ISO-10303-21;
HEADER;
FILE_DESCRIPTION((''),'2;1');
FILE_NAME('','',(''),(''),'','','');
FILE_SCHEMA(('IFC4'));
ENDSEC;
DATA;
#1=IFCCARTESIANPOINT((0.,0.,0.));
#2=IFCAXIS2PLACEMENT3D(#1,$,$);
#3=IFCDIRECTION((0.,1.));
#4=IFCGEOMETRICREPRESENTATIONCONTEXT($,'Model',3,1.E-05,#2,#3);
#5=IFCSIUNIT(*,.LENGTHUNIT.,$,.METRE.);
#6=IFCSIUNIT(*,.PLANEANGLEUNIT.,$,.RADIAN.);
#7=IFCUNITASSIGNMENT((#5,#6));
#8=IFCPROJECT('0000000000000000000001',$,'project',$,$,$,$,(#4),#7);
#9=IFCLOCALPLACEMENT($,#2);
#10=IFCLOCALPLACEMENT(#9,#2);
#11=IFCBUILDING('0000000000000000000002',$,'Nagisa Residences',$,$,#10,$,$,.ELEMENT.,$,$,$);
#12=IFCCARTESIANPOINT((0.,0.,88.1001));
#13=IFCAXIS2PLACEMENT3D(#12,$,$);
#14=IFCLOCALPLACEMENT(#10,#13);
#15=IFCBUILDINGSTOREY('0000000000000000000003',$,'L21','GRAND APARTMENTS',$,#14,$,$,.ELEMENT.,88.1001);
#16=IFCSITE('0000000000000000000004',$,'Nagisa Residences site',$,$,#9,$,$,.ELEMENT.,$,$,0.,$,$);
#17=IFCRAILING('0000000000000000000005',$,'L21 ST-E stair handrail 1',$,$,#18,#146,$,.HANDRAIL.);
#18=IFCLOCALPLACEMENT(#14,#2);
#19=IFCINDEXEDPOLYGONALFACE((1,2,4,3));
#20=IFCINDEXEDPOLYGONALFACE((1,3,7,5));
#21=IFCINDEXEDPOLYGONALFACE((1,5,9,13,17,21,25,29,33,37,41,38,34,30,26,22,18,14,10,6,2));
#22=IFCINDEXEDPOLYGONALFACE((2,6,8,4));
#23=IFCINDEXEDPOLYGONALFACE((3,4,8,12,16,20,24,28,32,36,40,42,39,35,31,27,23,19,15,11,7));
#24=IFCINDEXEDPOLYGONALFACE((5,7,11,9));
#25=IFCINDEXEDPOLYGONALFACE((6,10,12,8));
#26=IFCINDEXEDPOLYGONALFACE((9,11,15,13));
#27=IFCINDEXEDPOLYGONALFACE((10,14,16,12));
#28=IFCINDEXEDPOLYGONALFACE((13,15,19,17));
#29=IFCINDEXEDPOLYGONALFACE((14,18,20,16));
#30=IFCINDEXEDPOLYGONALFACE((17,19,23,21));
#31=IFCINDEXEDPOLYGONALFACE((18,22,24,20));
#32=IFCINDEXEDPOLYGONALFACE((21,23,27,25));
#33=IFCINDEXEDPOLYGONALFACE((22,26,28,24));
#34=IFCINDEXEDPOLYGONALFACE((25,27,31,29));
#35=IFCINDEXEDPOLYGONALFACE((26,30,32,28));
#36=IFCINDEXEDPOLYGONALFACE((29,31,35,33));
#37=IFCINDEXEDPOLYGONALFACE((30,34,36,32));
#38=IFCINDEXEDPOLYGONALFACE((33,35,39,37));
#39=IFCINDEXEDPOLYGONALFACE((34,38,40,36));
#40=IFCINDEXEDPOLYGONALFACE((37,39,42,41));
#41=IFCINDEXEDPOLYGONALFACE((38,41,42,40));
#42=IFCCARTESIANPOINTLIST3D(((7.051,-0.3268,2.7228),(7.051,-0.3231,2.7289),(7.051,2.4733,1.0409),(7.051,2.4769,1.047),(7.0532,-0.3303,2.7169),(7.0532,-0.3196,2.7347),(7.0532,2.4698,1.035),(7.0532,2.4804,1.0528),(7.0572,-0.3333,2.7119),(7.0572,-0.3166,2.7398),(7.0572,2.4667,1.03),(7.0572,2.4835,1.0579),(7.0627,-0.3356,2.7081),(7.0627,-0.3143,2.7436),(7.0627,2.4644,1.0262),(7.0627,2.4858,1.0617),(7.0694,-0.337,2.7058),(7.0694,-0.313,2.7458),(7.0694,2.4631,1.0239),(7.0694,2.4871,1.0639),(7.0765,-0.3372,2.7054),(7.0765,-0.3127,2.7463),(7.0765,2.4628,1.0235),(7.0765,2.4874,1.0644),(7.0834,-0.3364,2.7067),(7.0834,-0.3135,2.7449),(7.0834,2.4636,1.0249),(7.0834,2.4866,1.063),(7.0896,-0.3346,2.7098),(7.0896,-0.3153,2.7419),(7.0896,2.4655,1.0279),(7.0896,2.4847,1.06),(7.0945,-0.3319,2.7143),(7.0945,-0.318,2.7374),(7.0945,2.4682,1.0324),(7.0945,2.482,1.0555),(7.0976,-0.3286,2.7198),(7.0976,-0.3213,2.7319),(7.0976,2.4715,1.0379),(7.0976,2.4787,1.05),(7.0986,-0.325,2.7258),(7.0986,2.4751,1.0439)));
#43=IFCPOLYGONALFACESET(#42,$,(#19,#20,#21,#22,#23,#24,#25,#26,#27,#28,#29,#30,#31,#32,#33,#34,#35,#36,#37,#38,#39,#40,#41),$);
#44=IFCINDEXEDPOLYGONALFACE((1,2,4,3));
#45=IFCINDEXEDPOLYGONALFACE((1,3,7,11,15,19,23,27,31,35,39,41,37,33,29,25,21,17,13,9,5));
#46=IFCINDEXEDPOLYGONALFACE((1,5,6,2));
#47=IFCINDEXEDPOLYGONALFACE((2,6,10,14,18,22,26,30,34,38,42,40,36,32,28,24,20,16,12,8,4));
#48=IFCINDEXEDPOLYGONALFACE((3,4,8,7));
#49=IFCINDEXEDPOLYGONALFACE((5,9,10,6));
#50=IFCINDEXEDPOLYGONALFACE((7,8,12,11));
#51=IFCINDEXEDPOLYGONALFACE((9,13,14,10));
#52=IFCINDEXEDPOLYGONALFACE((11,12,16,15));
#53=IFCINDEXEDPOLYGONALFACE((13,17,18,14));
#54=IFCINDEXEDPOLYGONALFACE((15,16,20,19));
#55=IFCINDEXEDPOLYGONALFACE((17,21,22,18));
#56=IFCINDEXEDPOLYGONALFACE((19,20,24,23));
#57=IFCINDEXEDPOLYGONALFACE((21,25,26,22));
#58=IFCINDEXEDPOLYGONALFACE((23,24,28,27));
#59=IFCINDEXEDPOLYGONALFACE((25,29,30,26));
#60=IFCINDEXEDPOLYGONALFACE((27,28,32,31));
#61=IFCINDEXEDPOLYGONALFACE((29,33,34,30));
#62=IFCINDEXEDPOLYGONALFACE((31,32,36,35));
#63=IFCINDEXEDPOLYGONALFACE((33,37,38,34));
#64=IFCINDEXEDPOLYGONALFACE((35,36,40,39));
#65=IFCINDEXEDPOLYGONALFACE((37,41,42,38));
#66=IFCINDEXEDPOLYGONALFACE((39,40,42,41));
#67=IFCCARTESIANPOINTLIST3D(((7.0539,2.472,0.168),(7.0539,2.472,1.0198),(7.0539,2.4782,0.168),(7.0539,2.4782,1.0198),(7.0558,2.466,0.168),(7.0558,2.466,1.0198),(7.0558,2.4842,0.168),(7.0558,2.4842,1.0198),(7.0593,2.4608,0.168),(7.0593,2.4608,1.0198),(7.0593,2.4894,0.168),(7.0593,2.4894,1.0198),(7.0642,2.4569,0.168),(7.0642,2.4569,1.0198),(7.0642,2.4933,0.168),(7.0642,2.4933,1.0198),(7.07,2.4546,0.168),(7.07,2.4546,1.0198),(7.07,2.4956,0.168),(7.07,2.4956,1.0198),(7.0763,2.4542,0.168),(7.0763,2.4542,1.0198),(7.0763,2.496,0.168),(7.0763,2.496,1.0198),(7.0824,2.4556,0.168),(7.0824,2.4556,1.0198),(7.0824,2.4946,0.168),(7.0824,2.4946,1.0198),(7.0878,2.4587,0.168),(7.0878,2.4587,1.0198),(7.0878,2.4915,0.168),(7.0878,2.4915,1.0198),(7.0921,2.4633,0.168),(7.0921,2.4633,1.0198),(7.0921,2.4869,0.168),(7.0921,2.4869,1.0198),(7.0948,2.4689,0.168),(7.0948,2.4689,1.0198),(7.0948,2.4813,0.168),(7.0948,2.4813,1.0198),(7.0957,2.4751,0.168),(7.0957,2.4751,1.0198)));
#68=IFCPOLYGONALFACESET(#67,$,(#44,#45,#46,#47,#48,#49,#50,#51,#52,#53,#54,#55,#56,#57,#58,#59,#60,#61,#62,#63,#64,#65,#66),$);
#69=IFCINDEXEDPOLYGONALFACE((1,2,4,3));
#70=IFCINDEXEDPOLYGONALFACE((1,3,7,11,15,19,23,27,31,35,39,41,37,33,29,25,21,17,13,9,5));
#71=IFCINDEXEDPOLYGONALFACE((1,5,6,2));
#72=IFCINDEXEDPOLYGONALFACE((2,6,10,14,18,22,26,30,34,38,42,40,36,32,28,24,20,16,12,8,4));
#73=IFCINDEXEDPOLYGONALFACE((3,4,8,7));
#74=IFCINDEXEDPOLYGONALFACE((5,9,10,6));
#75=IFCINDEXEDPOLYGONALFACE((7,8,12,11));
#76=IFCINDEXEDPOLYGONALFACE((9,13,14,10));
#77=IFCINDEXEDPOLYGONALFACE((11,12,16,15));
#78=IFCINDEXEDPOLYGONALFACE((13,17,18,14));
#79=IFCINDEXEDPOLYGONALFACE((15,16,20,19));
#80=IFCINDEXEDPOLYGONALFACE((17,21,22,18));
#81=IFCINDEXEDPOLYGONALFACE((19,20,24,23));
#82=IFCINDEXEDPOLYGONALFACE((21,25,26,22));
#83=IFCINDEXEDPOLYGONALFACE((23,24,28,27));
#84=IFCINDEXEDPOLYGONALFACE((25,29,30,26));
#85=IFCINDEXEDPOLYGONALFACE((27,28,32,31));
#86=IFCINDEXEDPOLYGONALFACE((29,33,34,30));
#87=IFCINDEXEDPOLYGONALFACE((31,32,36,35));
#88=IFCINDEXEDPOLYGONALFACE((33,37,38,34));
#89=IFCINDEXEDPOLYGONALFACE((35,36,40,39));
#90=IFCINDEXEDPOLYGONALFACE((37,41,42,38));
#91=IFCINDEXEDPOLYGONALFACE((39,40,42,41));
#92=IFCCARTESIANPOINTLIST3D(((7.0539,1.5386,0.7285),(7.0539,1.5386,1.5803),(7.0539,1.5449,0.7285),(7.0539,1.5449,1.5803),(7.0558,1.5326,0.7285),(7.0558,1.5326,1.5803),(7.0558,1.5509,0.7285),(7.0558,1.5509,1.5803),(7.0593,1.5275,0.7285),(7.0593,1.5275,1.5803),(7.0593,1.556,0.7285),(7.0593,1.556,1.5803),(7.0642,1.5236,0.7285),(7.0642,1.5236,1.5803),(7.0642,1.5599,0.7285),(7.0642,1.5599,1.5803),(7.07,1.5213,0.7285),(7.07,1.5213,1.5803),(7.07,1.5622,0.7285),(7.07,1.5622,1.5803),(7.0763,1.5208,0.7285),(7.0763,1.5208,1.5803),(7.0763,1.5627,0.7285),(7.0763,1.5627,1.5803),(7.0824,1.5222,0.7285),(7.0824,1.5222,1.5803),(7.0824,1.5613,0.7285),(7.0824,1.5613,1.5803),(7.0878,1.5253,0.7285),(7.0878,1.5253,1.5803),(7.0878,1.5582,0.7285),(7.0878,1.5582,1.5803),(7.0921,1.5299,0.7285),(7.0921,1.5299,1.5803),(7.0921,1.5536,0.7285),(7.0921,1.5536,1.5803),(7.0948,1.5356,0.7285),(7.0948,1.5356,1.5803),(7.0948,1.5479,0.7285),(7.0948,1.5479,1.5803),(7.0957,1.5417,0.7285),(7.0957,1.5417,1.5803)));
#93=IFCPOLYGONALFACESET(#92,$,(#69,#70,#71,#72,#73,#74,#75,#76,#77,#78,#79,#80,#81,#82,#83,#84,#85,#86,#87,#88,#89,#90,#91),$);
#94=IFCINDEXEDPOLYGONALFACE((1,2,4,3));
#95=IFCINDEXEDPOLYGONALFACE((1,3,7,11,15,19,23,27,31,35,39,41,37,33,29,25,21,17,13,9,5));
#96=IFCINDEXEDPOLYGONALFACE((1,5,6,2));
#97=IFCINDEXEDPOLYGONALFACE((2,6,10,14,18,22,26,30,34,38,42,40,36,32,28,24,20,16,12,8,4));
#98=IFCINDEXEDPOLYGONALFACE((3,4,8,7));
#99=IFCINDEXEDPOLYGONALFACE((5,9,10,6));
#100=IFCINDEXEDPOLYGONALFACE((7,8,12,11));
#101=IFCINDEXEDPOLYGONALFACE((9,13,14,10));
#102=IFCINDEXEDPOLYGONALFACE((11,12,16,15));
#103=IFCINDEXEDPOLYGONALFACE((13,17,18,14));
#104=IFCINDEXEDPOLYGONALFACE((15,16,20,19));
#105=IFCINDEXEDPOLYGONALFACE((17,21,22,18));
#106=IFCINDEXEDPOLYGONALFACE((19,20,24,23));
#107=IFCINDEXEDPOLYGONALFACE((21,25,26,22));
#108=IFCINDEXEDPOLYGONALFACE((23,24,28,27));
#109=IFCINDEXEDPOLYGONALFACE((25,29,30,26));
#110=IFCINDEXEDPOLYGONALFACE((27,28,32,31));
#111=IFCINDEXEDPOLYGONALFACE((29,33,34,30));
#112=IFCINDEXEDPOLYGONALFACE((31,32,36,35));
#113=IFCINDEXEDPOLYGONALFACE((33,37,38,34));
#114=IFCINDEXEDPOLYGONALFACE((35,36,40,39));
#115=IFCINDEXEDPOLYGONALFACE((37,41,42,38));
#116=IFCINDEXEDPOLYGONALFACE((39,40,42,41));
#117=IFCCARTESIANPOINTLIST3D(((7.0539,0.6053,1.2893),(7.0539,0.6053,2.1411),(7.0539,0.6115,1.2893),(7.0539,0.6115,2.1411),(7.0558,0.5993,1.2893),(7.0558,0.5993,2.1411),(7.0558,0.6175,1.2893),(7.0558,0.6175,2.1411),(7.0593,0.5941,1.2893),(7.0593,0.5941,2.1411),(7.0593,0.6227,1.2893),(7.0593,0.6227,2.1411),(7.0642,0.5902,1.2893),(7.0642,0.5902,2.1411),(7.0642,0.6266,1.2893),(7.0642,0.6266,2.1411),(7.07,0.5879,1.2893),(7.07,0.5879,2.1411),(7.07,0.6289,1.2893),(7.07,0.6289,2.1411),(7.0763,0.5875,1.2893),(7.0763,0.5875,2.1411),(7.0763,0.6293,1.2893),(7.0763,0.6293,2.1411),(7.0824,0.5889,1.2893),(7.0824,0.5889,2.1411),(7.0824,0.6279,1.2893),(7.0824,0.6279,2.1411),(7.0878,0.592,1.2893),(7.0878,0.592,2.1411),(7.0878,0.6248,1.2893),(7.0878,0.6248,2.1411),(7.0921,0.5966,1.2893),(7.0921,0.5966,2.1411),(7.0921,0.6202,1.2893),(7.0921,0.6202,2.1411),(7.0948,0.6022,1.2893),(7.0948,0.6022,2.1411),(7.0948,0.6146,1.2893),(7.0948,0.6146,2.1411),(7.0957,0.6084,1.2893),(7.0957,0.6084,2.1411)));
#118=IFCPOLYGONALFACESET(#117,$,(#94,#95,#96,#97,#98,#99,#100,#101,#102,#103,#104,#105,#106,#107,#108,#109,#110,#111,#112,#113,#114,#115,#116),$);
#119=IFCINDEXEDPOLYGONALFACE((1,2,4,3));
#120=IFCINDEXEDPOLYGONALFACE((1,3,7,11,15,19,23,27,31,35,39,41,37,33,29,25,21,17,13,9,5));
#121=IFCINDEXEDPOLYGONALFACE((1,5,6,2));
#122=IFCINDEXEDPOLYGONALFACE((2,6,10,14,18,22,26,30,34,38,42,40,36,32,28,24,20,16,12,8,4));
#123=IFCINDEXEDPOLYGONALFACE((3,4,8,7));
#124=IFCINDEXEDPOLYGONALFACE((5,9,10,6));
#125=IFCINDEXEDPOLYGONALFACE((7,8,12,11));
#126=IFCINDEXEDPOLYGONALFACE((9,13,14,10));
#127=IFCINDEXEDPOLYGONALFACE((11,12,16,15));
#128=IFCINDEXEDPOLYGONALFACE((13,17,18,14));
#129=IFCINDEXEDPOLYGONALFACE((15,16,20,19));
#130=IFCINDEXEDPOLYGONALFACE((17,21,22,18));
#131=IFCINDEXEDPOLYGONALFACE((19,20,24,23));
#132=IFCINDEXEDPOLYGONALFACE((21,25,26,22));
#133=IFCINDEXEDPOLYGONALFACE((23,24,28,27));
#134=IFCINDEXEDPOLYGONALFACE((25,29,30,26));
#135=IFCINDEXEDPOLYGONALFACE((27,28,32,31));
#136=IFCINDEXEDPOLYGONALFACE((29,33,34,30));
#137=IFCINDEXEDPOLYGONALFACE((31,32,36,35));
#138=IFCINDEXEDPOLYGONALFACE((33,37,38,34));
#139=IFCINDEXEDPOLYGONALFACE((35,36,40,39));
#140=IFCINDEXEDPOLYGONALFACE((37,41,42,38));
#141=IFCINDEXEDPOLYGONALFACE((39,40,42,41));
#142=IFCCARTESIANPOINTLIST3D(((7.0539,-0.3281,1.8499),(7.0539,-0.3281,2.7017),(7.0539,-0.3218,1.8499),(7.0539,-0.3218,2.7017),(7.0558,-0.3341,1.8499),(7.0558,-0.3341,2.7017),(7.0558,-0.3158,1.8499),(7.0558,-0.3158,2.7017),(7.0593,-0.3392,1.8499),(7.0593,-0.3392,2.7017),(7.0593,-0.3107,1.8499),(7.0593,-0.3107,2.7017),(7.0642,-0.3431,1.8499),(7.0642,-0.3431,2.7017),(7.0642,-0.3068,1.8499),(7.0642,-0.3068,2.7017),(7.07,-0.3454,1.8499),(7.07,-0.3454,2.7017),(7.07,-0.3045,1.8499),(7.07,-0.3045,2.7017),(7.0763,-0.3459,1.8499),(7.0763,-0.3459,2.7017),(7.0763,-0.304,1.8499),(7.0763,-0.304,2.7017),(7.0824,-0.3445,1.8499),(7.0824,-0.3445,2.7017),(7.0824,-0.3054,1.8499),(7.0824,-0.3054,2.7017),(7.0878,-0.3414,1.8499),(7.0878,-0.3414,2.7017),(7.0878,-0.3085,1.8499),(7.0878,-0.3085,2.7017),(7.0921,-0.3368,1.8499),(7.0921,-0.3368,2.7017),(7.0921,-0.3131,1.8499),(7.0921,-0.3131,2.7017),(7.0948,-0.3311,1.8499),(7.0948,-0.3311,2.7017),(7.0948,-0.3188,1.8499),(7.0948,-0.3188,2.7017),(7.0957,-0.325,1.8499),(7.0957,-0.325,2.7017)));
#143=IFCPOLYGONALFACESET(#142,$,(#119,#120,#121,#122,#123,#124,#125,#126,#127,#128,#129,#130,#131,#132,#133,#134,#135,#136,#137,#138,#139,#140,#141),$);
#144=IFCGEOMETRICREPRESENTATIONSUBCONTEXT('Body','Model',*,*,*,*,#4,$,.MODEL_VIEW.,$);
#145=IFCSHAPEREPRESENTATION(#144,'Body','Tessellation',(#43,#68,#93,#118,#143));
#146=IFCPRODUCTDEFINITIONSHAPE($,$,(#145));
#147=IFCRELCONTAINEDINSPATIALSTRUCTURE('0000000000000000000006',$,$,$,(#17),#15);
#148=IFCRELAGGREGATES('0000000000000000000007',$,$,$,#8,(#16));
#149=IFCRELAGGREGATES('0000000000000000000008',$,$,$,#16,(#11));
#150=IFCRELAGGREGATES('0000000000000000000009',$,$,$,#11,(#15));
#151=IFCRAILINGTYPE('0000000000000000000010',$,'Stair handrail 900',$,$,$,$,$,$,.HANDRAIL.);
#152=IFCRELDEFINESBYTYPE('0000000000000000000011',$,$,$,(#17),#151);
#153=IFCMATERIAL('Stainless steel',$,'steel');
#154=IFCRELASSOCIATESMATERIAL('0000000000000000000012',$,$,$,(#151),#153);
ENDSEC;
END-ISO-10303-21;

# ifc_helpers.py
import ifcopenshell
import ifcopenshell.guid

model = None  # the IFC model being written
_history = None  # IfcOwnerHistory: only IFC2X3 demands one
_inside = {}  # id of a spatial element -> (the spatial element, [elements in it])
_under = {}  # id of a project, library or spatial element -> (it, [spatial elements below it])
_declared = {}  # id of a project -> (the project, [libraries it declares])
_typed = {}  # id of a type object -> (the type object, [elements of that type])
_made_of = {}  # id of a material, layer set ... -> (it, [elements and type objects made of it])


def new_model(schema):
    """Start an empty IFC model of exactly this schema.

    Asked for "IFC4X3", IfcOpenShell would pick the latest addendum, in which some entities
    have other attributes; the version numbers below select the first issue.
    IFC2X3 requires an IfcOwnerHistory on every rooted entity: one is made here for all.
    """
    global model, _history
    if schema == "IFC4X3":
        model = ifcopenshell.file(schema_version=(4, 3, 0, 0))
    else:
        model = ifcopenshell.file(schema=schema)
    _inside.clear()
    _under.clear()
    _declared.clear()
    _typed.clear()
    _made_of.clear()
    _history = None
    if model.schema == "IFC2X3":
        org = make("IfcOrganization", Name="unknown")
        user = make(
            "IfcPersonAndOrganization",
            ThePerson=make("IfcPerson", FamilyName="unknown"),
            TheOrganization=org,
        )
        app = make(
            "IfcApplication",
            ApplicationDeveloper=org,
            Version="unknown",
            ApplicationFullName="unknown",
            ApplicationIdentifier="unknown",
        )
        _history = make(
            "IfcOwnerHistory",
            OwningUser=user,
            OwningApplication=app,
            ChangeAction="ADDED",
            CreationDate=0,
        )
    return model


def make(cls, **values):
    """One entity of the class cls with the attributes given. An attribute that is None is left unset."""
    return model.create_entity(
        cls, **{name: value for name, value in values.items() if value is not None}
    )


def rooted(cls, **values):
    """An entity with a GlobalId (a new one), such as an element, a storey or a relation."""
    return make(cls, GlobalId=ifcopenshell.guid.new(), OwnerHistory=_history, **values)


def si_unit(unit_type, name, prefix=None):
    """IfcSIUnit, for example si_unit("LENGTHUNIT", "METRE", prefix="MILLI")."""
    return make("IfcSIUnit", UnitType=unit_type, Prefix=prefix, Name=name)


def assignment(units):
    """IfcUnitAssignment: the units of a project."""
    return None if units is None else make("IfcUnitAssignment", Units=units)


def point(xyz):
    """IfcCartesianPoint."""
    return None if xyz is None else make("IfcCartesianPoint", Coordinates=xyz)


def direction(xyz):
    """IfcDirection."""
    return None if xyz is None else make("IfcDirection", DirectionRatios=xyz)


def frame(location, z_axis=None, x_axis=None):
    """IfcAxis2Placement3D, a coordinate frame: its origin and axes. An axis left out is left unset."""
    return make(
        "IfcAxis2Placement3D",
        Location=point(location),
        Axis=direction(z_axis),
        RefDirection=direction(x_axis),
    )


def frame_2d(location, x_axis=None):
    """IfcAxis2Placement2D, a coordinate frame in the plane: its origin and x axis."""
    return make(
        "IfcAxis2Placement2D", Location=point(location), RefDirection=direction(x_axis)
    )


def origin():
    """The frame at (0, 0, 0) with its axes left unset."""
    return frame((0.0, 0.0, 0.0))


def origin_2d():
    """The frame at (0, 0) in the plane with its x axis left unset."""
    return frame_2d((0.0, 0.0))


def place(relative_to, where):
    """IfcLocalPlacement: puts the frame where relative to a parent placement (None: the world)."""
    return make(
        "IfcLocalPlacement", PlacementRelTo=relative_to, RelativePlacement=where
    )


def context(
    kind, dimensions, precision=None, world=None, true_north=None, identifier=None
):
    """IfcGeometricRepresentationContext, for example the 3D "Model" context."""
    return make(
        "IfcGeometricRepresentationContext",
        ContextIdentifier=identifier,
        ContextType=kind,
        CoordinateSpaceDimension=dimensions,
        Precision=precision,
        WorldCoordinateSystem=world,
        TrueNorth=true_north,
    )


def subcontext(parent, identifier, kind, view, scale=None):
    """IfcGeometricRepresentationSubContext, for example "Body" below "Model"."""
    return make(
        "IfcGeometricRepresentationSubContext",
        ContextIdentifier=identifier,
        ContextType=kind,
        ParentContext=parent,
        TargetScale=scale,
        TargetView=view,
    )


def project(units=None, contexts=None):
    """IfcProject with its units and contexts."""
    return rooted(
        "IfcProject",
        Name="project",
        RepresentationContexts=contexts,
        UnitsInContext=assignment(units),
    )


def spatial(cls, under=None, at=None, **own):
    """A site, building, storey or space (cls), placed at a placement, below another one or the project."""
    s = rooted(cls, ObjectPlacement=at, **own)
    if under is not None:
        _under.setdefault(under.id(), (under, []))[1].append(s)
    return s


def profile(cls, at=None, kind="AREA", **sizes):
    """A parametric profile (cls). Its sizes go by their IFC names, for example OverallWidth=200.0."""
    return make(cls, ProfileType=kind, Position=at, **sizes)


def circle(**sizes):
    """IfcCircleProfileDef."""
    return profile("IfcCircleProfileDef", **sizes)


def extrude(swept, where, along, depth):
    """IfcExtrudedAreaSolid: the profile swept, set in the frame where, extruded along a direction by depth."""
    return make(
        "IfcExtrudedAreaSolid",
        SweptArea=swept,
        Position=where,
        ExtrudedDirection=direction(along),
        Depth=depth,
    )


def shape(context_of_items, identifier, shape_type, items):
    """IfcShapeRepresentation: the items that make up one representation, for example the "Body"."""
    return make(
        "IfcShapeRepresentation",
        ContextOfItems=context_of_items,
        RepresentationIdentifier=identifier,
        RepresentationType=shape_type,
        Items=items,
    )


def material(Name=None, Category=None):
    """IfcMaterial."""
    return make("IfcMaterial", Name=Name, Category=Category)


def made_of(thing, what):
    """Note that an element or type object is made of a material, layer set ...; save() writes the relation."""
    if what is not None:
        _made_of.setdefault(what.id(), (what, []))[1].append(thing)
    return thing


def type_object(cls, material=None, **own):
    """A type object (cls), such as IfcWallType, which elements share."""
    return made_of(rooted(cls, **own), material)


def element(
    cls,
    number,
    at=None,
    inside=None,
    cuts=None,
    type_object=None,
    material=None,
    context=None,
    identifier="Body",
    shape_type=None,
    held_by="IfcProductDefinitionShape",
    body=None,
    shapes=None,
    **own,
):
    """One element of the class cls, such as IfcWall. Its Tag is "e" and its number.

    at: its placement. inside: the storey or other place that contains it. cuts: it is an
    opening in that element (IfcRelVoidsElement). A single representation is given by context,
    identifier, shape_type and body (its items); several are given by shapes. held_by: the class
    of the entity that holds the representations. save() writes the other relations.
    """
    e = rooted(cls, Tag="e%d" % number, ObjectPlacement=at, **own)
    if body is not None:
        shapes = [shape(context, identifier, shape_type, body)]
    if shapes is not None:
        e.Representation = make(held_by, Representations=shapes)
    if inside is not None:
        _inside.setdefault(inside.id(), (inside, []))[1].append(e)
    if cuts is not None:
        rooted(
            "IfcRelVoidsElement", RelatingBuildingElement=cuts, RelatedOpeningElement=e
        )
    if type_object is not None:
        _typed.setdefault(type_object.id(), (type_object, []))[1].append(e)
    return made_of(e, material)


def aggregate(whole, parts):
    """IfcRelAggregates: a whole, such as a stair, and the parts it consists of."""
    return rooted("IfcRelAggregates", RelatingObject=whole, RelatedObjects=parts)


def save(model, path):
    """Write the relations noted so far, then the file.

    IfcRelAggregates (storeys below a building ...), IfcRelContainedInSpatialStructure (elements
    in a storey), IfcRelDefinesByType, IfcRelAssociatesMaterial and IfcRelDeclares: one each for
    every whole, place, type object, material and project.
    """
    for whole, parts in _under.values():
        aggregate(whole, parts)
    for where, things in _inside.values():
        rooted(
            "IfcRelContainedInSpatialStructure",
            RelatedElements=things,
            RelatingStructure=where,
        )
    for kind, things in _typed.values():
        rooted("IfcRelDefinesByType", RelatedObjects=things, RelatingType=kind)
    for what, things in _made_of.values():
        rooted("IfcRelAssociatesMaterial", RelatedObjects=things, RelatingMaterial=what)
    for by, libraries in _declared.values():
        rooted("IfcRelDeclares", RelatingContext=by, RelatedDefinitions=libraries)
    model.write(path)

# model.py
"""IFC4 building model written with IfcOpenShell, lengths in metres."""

from ifc_helpers import new_model, si_unit, direction, frame, origin, origin_2d, place, context, subcontext, project, spatial, circle, extrude, material, type_object, element, save


model = new_model("IFC4")

# Units and contexts
model_context = context("Model", 3, precision=1e-05, world=origin(), true_north=direction((0.0, 1.0)))
body_context = subcontext(model_context, "Body", "Model", "MODEL_VIEW")
ifc_project = project(units=[si_unit("LENGTHUNIT", "METRE"), si_unit("PLANEANGLEUNIT", "RADIAN")], contexts=[model_context])

# Site, building, storey
site_placement = place(None, origin())
site = spatial("IfcSite", under=ifc_project, at=site_placement, Name="Nagisa Residences site", CompositionType="ELEMENT", RefElevation=0.0)
building_placement = place(site_placement, origin())
building = spatial("IfcBuilding", under=site, at=building_placement, Name="Nagisa Residences", CompositionType="ELEMENT")
storey_placement = place(building_placement, frame((0.0, 0.0, 88.1001)))
storey = spatial("IfcBuildingStorey", under=building, at=storey_placement, Name="L21", Description="GRAND APARTMENTS", CompositionType="ELEMENT", Elevation=88.1001)

# Railing
ifc_material_1 = material(Name="Stainless steel", Category="steel")
railing_type_1 = type_object("IfcRailingType", Name="Stair handrail 900", PredefinedType="HANDRAIL", material=ifc_material_1)
railing_1_placement = place(storey_placement, frame((7.0747, 2.4751, 0.168)))
element("IfcRailing", 1, at=railing_1_placement, inside=storey, type_object=railing_type_1, Name="L21 ST-E stair handrail 1", PredefinedType="HANDRAIL", context=body_context, shape_type="SweptSolid", body=[
    extrude(circle(Radius=0.0239, at=origin_2d()), frame((0.0, 0.0, 0.876), z_axis=(0.0, -0.857242, 0.514913), x_axis=(1.0, 0.0, 0.0)), (0.0, 0.0, 1.0), 3.2664),
    extrude(circle(Radius=0.021, at=origin_2d()), origin(), (0.0, 0.0, 1.0), 0.8518),
    extrude(circle(Radius=0.021, at=origin_2d()), frame((0.0, -0.9333, 0.5605)), (0.0, 0.0, 1.0), 0.8518),
    extrude(circle(Radius=0.021, at=origin_2d()), frame((0.0, -1.8667, 1.1213)), (0.0, 0.0, 1.0), 0.8518),
    extrude(circle(Radius=0.021, at=origin_2d()), frame((0.0, -2.8, 1.6819)), (0.0, 0.0, 1.0), 0.8518),
])

save(model, "model.ifc")
